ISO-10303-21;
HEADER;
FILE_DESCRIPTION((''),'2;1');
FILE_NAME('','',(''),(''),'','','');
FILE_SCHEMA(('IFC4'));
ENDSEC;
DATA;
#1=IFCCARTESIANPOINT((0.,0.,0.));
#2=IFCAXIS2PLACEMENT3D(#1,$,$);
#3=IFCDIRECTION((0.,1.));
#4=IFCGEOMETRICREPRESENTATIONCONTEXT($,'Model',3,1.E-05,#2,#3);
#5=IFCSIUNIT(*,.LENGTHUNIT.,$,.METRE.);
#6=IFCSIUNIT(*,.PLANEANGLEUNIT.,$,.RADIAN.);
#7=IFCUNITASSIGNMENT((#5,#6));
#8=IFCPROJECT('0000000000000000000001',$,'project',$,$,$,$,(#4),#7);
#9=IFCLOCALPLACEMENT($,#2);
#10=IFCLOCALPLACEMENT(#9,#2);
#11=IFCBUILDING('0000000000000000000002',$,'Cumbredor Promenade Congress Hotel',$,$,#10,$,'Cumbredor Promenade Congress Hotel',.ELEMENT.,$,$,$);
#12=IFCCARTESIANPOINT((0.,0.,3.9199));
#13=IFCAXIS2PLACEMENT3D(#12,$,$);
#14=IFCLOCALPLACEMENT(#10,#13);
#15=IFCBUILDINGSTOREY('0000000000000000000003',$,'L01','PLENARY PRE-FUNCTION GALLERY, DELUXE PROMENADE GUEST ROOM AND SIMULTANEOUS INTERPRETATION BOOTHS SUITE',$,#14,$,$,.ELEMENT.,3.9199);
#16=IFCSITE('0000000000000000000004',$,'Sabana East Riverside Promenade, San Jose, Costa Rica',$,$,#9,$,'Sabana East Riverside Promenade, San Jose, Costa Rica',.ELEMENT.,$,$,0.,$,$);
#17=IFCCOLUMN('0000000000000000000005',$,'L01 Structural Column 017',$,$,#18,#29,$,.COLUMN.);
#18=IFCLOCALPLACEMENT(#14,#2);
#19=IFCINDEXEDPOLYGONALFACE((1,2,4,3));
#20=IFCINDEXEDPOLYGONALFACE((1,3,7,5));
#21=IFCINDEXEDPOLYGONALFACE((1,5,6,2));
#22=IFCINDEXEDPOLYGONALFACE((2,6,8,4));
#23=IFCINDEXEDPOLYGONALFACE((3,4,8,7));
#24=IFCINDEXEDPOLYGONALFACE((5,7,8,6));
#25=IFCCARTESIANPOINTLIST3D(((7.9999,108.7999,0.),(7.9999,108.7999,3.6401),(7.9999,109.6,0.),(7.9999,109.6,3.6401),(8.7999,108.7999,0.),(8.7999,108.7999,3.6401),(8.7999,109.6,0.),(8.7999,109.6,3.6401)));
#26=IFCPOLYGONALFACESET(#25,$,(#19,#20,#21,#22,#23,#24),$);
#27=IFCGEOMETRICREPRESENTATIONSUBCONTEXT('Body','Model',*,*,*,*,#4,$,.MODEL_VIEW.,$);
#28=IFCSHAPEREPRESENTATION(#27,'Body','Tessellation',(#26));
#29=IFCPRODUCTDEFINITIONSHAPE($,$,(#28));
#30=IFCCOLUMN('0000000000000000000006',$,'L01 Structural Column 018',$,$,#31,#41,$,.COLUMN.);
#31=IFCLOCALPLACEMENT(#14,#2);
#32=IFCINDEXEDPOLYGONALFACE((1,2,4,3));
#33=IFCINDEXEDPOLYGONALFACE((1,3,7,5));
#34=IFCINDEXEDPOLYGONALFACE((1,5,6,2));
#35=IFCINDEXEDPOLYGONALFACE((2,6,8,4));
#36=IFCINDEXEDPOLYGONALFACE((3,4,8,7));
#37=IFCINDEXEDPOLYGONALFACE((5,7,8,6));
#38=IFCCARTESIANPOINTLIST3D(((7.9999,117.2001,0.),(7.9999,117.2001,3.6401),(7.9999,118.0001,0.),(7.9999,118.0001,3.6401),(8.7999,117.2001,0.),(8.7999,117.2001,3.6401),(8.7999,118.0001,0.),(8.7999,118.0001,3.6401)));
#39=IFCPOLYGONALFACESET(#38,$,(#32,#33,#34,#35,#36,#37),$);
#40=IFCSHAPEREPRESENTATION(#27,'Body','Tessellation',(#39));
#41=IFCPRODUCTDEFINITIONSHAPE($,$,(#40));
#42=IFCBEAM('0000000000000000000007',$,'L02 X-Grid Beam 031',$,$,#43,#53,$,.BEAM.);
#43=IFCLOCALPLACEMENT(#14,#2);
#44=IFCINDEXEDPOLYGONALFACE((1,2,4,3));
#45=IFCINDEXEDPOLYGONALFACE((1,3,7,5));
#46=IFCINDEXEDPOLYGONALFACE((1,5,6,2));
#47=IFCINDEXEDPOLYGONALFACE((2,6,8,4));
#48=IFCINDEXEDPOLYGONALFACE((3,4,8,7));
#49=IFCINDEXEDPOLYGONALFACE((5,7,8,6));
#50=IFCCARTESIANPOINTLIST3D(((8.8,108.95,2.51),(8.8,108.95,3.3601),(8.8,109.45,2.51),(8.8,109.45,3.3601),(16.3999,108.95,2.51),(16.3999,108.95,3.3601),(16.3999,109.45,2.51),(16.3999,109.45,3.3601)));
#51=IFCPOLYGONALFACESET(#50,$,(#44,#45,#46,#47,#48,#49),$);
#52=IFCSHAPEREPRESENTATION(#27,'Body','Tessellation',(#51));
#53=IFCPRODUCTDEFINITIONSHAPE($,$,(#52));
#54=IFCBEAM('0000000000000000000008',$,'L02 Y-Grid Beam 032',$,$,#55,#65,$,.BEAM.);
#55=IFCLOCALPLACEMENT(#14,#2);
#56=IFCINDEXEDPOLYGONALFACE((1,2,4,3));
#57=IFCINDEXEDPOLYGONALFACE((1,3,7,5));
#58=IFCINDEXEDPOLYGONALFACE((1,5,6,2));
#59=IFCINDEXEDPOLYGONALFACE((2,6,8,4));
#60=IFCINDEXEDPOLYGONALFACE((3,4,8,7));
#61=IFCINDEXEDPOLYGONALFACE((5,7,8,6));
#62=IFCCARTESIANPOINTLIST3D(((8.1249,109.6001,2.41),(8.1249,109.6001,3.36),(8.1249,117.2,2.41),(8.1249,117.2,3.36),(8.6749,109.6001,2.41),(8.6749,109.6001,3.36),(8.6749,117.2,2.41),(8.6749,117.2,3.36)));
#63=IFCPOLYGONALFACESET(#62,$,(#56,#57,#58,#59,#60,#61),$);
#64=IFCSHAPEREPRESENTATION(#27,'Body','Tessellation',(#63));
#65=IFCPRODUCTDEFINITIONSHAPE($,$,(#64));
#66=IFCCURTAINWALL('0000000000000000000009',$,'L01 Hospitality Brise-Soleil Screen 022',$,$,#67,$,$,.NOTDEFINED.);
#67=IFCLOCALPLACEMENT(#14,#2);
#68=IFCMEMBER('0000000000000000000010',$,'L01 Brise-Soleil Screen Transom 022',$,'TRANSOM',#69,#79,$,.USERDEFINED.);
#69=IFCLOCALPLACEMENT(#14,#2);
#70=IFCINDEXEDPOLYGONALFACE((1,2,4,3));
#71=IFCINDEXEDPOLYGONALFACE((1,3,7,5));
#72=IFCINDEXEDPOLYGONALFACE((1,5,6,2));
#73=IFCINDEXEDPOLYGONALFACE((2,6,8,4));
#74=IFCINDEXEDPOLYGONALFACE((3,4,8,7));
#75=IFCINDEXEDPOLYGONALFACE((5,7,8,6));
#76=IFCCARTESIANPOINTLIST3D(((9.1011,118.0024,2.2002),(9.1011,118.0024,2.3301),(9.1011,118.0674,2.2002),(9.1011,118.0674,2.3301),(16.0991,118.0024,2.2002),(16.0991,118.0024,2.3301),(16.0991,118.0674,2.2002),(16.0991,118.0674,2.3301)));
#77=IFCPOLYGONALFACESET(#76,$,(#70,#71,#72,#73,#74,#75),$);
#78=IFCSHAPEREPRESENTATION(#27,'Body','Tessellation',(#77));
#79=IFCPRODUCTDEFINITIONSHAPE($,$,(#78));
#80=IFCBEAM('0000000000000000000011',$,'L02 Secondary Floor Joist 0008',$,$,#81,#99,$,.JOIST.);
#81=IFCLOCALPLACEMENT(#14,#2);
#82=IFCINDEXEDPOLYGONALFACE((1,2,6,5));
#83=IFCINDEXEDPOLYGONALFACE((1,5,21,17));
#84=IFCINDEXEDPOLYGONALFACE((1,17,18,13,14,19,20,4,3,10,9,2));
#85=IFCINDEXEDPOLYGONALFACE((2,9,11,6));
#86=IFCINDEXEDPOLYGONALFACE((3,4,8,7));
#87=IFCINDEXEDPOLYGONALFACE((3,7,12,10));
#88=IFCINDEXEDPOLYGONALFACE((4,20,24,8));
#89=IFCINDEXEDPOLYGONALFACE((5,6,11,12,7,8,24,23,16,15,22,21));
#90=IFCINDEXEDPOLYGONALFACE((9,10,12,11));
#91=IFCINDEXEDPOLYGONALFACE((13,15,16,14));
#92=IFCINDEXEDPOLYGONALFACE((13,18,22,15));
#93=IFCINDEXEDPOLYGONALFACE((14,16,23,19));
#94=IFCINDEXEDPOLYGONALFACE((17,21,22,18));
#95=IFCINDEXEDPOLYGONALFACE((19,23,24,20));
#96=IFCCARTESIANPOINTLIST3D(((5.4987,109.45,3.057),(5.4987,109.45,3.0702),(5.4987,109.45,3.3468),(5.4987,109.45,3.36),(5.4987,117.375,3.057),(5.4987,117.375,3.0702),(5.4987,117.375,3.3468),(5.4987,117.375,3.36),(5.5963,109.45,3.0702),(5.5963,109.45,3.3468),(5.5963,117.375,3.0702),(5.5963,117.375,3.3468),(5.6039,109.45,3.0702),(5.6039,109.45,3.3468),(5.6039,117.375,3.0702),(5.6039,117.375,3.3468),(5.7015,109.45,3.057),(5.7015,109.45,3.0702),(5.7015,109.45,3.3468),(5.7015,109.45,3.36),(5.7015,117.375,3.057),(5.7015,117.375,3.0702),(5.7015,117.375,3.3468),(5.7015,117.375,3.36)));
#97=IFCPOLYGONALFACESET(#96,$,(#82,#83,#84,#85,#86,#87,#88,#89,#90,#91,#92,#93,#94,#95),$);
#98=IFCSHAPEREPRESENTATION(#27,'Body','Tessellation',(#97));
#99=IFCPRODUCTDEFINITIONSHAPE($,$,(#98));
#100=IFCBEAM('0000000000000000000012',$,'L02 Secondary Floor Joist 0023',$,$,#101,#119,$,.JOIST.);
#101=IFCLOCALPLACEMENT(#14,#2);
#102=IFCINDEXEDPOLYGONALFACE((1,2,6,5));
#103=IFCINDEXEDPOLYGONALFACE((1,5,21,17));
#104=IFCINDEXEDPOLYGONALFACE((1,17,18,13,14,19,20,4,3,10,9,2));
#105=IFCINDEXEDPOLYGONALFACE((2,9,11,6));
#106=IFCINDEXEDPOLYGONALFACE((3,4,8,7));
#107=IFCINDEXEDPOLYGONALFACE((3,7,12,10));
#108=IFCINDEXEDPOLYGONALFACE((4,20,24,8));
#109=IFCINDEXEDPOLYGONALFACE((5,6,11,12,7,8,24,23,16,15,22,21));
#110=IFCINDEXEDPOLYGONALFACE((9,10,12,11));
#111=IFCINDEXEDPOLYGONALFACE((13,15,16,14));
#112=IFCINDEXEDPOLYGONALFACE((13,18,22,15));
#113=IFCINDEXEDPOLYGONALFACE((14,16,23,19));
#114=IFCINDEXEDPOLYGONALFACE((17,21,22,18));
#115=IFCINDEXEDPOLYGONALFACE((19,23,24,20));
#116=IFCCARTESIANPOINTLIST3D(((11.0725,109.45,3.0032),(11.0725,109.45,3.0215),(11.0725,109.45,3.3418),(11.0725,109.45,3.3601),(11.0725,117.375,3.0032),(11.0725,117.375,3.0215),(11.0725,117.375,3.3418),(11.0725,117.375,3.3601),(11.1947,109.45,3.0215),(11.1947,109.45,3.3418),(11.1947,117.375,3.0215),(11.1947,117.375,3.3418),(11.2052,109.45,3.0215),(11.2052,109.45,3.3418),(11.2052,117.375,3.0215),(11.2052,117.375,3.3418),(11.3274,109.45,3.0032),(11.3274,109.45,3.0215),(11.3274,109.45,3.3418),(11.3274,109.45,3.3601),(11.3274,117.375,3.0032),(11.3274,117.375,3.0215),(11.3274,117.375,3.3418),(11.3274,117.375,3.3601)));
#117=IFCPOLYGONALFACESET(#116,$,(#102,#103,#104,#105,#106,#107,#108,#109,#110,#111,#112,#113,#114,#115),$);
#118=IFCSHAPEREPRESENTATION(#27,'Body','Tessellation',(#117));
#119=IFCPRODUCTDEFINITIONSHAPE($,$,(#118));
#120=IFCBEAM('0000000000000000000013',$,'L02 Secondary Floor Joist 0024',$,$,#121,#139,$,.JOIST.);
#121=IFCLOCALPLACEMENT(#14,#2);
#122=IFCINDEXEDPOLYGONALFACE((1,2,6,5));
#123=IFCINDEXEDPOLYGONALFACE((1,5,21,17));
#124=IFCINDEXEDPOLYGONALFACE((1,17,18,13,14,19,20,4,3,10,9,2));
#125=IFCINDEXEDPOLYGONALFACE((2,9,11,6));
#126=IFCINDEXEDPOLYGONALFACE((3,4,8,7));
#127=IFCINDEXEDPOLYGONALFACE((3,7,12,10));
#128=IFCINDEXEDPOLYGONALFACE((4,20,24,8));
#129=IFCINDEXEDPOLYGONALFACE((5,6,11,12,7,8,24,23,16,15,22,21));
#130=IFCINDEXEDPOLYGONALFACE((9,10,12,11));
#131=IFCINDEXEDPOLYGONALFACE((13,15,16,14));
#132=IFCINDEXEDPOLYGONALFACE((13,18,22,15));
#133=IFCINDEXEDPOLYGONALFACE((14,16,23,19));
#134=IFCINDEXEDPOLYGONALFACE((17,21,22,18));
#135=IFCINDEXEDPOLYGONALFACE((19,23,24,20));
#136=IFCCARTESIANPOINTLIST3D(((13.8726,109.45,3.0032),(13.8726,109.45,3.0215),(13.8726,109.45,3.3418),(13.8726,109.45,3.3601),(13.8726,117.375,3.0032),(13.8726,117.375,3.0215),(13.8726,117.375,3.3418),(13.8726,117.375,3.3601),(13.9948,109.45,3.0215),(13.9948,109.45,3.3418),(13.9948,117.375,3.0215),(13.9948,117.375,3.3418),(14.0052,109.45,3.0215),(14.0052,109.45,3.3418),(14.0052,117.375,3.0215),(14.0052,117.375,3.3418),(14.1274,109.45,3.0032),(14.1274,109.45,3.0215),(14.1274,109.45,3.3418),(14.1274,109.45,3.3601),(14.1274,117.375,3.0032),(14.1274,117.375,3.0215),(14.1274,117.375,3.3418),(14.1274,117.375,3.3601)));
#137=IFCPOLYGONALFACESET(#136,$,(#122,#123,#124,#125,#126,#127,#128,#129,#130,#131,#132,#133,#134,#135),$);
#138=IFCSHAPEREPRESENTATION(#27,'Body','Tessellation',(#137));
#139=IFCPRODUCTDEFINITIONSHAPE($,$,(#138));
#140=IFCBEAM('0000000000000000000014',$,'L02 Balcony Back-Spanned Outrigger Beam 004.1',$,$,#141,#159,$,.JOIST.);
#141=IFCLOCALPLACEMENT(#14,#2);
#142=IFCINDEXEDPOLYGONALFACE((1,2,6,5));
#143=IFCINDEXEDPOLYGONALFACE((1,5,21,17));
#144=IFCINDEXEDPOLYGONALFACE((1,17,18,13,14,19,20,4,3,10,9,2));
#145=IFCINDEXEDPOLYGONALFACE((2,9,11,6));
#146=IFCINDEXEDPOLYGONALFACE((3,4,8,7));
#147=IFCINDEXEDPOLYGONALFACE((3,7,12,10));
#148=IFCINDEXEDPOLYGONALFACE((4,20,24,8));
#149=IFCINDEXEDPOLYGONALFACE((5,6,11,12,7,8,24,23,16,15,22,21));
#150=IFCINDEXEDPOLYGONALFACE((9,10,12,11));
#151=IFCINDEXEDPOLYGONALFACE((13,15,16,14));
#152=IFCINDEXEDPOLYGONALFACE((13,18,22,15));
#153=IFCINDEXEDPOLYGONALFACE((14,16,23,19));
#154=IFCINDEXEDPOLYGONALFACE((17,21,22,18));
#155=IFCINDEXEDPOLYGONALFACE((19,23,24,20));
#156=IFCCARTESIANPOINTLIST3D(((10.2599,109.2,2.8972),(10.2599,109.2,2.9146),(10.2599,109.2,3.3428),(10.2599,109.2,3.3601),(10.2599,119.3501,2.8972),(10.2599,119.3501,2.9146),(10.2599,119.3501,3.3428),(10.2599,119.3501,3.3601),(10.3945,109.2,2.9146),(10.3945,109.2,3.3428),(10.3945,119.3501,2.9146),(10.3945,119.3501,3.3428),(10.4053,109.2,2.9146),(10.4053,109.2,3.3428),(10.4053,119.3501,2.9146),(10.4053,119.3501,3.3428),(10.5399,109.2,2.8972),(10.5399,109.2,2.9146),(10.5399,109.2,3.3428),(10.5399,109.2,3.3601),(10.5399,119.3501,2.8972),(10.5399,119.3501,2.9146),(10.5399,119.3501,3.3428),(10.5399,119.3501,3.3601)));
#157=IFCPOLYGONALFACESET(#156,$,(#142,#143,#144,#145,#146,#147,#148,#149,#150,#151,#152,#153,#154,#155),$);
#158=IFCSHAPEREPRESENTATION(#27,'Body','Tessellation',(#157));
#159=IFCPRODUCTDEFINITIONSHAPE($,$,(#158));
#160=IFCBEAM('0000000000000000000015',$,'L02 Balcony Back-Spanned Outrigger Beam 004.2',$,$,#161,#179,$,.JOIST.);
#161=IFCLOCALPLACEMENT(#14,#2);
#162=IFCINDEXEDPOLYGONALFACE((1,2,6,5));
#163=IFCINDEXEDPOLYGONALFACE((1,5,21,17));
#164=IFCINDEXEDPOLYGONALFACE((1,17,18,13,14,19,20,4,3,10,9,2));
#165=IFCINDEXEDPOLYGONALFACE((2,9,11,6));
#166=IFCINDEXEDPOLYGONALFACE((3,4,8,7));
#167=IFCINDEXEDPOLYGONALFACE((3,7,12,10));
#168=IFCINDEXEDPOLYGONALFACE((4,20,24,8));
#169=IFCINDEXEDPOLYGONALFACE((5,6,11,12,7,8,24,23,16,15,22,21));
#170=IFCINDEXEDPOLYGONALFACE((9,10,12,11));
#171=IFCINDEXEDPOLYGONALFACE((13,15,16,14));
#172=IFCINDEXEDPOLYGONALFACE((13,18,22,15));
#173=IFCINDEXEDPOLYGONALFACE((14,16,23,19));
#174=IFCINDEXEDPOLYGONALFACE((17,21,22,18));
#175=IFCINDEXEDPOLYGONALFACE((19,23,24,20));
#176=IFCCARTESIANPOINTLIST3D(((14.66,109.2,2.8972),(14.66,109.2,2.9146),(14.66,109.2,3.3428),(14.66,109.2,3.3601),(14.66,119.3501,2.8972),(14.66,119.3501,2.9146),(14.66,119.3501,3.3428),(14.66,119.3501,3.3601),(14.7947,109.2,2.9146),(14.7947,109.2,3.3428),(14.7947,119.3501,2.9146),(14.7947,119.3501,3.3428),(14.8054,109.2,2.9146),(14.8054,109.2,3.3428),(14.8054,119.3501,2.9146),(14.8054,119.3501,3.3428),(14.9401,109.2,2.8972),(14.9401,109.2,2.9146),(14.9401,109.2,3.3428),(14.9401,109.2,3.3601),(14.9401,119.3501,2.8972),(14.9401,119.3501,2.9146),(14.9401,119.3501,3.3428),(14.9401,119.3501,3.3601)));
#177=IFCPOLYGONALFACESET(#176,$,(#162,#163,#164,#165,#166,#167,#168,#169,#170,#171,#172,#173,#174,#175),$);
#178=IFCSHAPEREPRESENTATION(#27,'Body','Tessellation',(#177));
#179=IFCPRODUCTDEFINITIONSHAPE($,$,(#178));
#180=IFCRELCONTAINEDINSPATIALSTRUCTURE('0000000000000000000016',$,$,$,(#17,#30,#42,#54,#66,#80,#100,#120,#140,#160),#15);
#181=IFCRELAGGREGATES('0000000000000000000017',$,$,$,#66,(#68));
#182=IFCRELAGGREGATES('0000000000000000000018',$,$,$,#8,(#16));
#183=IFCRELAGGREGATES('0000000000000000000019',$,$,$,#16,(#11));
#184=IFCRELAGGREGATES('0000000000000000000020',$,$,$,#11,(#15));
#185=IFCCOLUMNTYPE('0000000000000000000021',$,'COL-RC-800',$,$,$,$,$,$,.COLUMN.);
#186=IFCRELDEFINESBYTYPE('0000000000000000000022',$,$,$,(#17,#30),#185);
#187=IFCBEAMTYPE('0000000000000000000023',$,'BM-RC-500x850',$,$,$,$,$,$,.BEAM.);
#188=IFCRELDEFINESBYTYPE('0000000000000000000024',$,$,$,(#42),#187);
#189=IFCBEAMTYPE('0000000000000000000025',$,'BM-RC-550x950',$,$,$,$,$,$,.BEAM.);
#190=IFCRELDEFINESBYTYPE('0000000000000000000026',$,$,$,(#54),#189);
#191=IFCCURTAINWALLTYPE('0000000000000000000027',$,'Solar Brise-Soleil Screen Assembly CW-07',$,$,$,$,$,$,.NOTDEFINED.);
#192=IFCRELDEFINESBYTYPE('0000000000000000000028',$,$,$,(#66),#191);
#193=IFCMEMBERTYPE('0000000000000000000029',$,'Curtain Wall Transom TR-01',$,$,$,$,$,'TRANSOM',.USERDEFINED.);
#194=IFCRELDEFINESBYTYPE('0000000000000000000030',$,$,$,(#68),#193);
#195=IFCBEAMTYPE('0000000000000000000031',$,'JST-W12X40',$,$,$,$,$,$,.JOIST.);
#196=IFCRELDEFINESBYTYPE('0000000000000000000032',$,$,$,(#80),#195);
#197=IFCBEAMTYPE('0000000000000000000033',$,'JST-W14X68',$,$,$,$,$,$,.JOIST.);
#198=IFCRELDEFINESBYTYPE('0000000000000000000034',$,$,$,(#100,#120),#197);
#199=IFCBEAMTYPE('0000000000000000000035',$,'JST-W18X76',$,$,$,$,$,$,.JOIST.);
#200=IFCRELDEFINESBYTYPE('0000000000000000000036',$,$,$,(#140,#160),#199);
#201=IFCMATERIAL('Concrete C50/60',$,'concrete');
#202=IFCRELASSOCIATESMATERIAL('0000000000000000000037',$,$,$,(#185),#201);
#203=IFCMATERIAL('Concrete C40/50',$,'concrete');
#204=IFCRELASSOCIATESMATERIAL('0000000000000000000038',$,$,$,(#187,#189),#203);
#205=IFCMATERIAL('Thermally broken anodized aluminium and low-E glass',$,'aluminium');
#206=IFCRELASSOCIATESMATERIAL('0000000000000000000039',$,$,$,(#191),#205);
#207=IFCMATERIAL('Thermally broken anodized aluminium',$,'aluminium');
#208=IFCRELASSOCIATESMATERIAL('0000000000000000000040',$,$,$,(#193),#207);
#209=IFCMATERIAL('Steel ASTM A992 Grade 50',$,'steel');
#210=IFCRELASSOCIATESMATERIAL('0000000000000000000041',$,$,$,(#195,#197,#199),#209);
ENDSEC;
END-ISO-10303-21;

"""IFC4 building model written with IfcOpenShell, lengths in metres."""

from ifc_helpers import new_model, si_unit, direction, frame, origin, origin_2d, place, context, subcontext, project, spatial, rectangle, i_section, extrude, material, material_profile, profile_set, type_object, element, aggregate, save


model = new_model("IFC4")

# Units and contexts
model_context = context("Model", 3, precision=1e-05, world=origin(), true_north=direction((0.0, 1.0)))
body_context = subcontext(model_context, "Body", "Model", "MODEL_VIEW")
ifc_project = project(units=[si_unit("LENGTHUNIT", "METRE"), si_unit("PLANEANGLEUNIT", "RADIAN")], contexts=[model_context])

# Site, building, storey
site_placement = place(None, origin())
site = spatial("IfcSite", under=ifc_project, at=site_placement, Name="Sabana East Riverside Promenade, San Jose, Costa Rica", LongName="Sabana East Riverside Promenade, San Jose, Costa Rica", CompositionType="ELEMENT", RefElevation=0.0)
building_placement = place(site_placement, origin())
building = spatial("IfcBuilding", under=site, at=building_placement, Name="Cumbredor Promenade Congress Hotel", LongName="Cumbredor Promenade Congress Hotel", CompositionType="ELEMENT")
storey_placement = place(building_placement, frame((0.0, 0.0, 3.9199)))
storey = spatial("IfcBuildingStorey", under=building, at=storey_placement, Name="L01", Description="PLENARY PRE-FUNCTION GALLERY, DELUXE PROMENADE GUEST ROOM AND SIMULTANEOUS INTERPRETATION BOOTHS SUITE", CompositionType="ELEMENT", Elevation=3.9199)

# Columns
ifc_material_1 = material(Name="Concrete C50/60", Category="concrete")
ifc_material_profile_1 = material_profile(ifc_material_1, rectangle(XDim=0.8, YDim=0.8, at=origin_2d()), Name="RC 800x800")
ifc_profile_set_1 = profile_set([ifc_material_profile_1], Name="Concrete C50/60")
column_type = type_object("IfcColumnType", Name="COL-RC-800", PredefinedType="COLUMN", material=ifc_profile_set_1)
for number, where, z_axis, x_axis, name in (
    (1, (8.3999, 109.2, 0.0), (0.0, 0.0, 1.0), (1.0, 0.0, 0.0), "L01 Structural Column 017"),
    (2, (8.3999, 117.6001, 0.0), (0.0, 0.0, 1.0), (1.0, 0.0, 0.0), "L01 Structural Column 018"),
):
    element("IfcColumn", number, at=place(storey_placement, frame(where, z_axis=z_axis, x_axis=x_axis)), inside=storey, type_object=column_type, Name=name, PredefinedType="COLUMN", context=body_context, shape_type="SweptSolid", body=[
        extrude(rectangle(XDim=0.8, YDim=0.8, at=origin_2d()), origin(), (0.0, 0.0, 1.0), 3.6401),
    ])

# Beams
ifc_material_2 = material(Name="Concrete C40/50", Category="concrete")
ifc_material_profile_2 = material_profile(ifc_material_2, rectangle(XDim=0.5, YDim=0.8501, at=origin_2d()), Name="RC BEAM 500x850")
ifc_profile_set_2 = profile_set([ifc_material_profile_2], Name="Concrete C40/50")
beam_type_1 = type_object("IfcBeamType", Name="BM-RC-500x850", PredefinedType="BEAM", material=ifc_profile_set_2)
beam_1_placement = place(storey_placement, frame((8.8, 109.2, 2.9351), z_axis=(1.0, 0.0, 0.0), x_axis=(0.0, 1.0, 0.0)))
element("IfcBeam", 3, at=beam_1_placement, inside=storey, type_object=beam_type_1, Name="L02 X-Grid Beam 031", PredefinedType="BEAM", context=body_context, shape_type="SweptSolid", body=[
    extrude(rectangle(XDim=0.5, YDim=0.8501, at=origin_2d()), origin(), (0.0, 0.0, 1.0), 7.5999),
])
ifc_material_profile_3 = material_profile(ifc_material_2, rectangle(XDim=0.55, YDim=0.95, at=origin_2d()), Name="RC BEAM 550x950")
ifc_profile_set_3 = profile_set([ifc_material_profile_3], Name="Concrete C40/50")
beam_type_2 = type_object("IfcBeamType", Name="BM-RC-550x950", PredefinedType="BEAM", material=ifc_profile_set_3)
beam_2_placement = place(storey_placement, frame((8.3999, 109.6001, 2.885), z_axis=(0.0, 1.0, 0.0), x_axis=(-1.0, 0.0, 0.0)))
element("IfcBeam", 4, at=beam_2_placement, inside=storey, type_object=beam_type_2, Name="L02 Y-Grid Beam 032", PredefinedType="BEAM", context=body_context, shape_type="SweptSolid", body=[
    extrude(rectangle(XDim=0.55, YDim=0.95, at=origin_2d()), origin(), (0.0, 0.0, 1.0), 7.5999),
])

# Curtain wall, member
ifc_material_3 = material(Name="Thermally broken anodized aluminium and low-E glass", Category="aluminium")
curtain_wall_type = type_object("IfcCurtainWallType", Name="Solar Brise-Soleil Screen Assembly CW-07", PredefinedType="NOTDEFINED", material=ifc_material_3)
curtain_wall_1_placement = place(storey_placement, origin())
curtain_wall_1 = element("IfcCurtainWall", 5, at=curtain_wall_1_placement, inside=storey, type_object=curtain_wall_type, Name="L01 Hospitality Brise-Soleil Screen 022", PredefinedType="NOTDEFINED")
ifc_material_4 = material(Name="Thermally broken anodized aluminium", Category="aluminium")
ifc_material_profile_4 = material_profile(ifc_material_4, rectangle(XDim=0.0649, YDim=0.1299, at=origin_2d()), Name="ALU TRANSOM 65x130")
ifc_profile_set_4 = profile_set([ifc_material_profile_4], Name="Thermally broken anodized aluminium")
member_type_1 = type_object("IfcMemberType", Name="Curtain Wall Transom TR-01", ElementType="TRANSOM", PredefinedType="USERDEFINED", material=ifc_profile_set_4)
member_1_placement = place(storey_placement, frame((9.1011, 118.0349, 2.2651), z_axis=(1.0, 0.0, 0.0), x_axis=(0.0, 1.0, 0.0)))
member_1 = element("IfcMember", 6, at=member_1_placement, type_object=member_type_1, Name="L01 Brise-Soleil Screen Transom 022", ObjectType="TRANSOM", PredefinedType="USERDEFINED", context=body_context, shape_type="SweptSolid", body=[
    extrude(rectangle(XDim=0.0649, YDim=0.1299, at=origin_2d()), origin(), (0.0, 0.0, 1.0), 6.998),
])

# Beams
ifc_material_5 = material(Name="Steel ASTM A992 Grade 50", Category="steel")
ifc_material_profile_5 = material_profile(ifc_material_5, i_section(OverallWidth=0.2029, OverallDepth=0.303, WebThickness=0.0076, FlangeThickness=0.0132, at=origin_2d()), Name="W12X40")
ifc_profile_set_5 = profile_set([ifc_material_profile_5], Name="Steel ASTM A992 Grade 50")
beam_type_3 = type_object("IfcBeamType", Name="JST-W12X40", PredefinedType="JOIST", material=ifc_profile_set_5)
beam_3_placement = place(storey_placement, frame((5.6001, 109.45, 3.2085), z_axis=(0.0, 1.0, 0.0), x_axis=(-1.0, 0.0, 0.0)))
element("IfcBeam", 7, at=beam_3_placement, inside=storey, type_object=beam_type_3, Name="L02 Secondary Floor Joist 0008", PredefinedType="JOIST", context=body_context, shape_type="SweptSolid", body=[
    extrude(i_section(OverallWidth=0.2029, OverallDepth=0.303, WebThickness=0.0076, FlangeThickness=0.0132, at=origin_2d()), origin(), (0.0, 0.0, 1.0), 7.925),
])
ifc_material_profile_6 = material_profile(ifc_material_5, i_section(OverallWidth=0.2549, OverallDepth=0.3569, WebThickness=0.0105, FlangeThickness=0.0183, at=origin_2d()), Name="W14X68")
ifc_profile_set_6 = profile_set([ifc_material_profile_6], Name="Steel ASTM A992 Grade 50")
beam_type_4 = type_object("IfcBeamType", Name="JST-W14X68", PredefinedType="JOIST", material=ifc_profile_set_6)
for number, where, z_axis, x_axis, name in (
    (8, (11.2, 109.45, 3.1816), (0.0, 1.0, 0.0), (-1.0, 0.0, 0.0), "L02 Secondary Floor Joist 0023"),
    (9, (14.0, 109.45, 3.1816), (0.0, 1.0, 0.0), (-1.0, 0.0, 0.0), "L02 Secondary Floor Joist 0024"),
):
    element("IfcBeam", number, at=place(storey_placement, frame(where, z_axis=z_axis, x_axis=x_axis)), inside=storey, type_object=beam_type_4, Name=name, PredefinedType="JOIST", context=body_context, shape_type="SweptSolid", body=[
        extrude(i_section(OverallWidth=0.2549, OverallDepth=0.3569, WebThickness=0.0105, FlangeThickness=0.0183, at=origin_2d()), origin(), (0.0, 0.0, 1.0), 7.925),
    ])
ifc_material_profile_7 = material_profile(ifc_material_5, i_section(OverallWidth=0.28, OverallDepth=0.4629, WebThickness=0.0107, FlangeThickness=0.0173, at=origin_2d()), Name="W18X76")
ifc_profile_set_7 = profile_set([ifc_material_profile_7], Name="Steel ASTM A992 Grade 50")
beam_type_5 = type_object("IfcBeamType", Name="JST-W18X76", PredefinedType="JOIST", material=ifc_profile_set_7)
for number, where, z_axis, x_axis, name in (
    (10, (10.3999, 109.2, 3.1287), (0.0, 1.0, 0.0), (-1.0, 0.0, 0.0), "L02 Balcony Back-Spanned Outrigger Beam 004.1"),
    (11, (14.8, 109.2, 3.1287), (0.0, 1.0, 0.0), (-1.0, 0.0, 0.0), "L02 Balcony Back-Spanned Outrigger Beam 004.2"),
):
    element("IfcBeam", number, at=place(storey_placement, frame(where, z_axis=z_axis, x_axis=x_axis)), inside=storey, type_object=beam_type_5, Name=name, PredefinedType="JOIST", context=body_context, shape_type="SweptSolid", body=[
        extrude(i_section(OverallWidth=0.28, OverallDepth=0.4629, WebThickness=0.0107, FlangeThickness=0.0173, at=origin_2d()), origin(), (0.0, 0.0, 1.0), 10.1501),
    ])

aggregate(curtain_wall_1, [member_1])

save(model, "model.ifc")
